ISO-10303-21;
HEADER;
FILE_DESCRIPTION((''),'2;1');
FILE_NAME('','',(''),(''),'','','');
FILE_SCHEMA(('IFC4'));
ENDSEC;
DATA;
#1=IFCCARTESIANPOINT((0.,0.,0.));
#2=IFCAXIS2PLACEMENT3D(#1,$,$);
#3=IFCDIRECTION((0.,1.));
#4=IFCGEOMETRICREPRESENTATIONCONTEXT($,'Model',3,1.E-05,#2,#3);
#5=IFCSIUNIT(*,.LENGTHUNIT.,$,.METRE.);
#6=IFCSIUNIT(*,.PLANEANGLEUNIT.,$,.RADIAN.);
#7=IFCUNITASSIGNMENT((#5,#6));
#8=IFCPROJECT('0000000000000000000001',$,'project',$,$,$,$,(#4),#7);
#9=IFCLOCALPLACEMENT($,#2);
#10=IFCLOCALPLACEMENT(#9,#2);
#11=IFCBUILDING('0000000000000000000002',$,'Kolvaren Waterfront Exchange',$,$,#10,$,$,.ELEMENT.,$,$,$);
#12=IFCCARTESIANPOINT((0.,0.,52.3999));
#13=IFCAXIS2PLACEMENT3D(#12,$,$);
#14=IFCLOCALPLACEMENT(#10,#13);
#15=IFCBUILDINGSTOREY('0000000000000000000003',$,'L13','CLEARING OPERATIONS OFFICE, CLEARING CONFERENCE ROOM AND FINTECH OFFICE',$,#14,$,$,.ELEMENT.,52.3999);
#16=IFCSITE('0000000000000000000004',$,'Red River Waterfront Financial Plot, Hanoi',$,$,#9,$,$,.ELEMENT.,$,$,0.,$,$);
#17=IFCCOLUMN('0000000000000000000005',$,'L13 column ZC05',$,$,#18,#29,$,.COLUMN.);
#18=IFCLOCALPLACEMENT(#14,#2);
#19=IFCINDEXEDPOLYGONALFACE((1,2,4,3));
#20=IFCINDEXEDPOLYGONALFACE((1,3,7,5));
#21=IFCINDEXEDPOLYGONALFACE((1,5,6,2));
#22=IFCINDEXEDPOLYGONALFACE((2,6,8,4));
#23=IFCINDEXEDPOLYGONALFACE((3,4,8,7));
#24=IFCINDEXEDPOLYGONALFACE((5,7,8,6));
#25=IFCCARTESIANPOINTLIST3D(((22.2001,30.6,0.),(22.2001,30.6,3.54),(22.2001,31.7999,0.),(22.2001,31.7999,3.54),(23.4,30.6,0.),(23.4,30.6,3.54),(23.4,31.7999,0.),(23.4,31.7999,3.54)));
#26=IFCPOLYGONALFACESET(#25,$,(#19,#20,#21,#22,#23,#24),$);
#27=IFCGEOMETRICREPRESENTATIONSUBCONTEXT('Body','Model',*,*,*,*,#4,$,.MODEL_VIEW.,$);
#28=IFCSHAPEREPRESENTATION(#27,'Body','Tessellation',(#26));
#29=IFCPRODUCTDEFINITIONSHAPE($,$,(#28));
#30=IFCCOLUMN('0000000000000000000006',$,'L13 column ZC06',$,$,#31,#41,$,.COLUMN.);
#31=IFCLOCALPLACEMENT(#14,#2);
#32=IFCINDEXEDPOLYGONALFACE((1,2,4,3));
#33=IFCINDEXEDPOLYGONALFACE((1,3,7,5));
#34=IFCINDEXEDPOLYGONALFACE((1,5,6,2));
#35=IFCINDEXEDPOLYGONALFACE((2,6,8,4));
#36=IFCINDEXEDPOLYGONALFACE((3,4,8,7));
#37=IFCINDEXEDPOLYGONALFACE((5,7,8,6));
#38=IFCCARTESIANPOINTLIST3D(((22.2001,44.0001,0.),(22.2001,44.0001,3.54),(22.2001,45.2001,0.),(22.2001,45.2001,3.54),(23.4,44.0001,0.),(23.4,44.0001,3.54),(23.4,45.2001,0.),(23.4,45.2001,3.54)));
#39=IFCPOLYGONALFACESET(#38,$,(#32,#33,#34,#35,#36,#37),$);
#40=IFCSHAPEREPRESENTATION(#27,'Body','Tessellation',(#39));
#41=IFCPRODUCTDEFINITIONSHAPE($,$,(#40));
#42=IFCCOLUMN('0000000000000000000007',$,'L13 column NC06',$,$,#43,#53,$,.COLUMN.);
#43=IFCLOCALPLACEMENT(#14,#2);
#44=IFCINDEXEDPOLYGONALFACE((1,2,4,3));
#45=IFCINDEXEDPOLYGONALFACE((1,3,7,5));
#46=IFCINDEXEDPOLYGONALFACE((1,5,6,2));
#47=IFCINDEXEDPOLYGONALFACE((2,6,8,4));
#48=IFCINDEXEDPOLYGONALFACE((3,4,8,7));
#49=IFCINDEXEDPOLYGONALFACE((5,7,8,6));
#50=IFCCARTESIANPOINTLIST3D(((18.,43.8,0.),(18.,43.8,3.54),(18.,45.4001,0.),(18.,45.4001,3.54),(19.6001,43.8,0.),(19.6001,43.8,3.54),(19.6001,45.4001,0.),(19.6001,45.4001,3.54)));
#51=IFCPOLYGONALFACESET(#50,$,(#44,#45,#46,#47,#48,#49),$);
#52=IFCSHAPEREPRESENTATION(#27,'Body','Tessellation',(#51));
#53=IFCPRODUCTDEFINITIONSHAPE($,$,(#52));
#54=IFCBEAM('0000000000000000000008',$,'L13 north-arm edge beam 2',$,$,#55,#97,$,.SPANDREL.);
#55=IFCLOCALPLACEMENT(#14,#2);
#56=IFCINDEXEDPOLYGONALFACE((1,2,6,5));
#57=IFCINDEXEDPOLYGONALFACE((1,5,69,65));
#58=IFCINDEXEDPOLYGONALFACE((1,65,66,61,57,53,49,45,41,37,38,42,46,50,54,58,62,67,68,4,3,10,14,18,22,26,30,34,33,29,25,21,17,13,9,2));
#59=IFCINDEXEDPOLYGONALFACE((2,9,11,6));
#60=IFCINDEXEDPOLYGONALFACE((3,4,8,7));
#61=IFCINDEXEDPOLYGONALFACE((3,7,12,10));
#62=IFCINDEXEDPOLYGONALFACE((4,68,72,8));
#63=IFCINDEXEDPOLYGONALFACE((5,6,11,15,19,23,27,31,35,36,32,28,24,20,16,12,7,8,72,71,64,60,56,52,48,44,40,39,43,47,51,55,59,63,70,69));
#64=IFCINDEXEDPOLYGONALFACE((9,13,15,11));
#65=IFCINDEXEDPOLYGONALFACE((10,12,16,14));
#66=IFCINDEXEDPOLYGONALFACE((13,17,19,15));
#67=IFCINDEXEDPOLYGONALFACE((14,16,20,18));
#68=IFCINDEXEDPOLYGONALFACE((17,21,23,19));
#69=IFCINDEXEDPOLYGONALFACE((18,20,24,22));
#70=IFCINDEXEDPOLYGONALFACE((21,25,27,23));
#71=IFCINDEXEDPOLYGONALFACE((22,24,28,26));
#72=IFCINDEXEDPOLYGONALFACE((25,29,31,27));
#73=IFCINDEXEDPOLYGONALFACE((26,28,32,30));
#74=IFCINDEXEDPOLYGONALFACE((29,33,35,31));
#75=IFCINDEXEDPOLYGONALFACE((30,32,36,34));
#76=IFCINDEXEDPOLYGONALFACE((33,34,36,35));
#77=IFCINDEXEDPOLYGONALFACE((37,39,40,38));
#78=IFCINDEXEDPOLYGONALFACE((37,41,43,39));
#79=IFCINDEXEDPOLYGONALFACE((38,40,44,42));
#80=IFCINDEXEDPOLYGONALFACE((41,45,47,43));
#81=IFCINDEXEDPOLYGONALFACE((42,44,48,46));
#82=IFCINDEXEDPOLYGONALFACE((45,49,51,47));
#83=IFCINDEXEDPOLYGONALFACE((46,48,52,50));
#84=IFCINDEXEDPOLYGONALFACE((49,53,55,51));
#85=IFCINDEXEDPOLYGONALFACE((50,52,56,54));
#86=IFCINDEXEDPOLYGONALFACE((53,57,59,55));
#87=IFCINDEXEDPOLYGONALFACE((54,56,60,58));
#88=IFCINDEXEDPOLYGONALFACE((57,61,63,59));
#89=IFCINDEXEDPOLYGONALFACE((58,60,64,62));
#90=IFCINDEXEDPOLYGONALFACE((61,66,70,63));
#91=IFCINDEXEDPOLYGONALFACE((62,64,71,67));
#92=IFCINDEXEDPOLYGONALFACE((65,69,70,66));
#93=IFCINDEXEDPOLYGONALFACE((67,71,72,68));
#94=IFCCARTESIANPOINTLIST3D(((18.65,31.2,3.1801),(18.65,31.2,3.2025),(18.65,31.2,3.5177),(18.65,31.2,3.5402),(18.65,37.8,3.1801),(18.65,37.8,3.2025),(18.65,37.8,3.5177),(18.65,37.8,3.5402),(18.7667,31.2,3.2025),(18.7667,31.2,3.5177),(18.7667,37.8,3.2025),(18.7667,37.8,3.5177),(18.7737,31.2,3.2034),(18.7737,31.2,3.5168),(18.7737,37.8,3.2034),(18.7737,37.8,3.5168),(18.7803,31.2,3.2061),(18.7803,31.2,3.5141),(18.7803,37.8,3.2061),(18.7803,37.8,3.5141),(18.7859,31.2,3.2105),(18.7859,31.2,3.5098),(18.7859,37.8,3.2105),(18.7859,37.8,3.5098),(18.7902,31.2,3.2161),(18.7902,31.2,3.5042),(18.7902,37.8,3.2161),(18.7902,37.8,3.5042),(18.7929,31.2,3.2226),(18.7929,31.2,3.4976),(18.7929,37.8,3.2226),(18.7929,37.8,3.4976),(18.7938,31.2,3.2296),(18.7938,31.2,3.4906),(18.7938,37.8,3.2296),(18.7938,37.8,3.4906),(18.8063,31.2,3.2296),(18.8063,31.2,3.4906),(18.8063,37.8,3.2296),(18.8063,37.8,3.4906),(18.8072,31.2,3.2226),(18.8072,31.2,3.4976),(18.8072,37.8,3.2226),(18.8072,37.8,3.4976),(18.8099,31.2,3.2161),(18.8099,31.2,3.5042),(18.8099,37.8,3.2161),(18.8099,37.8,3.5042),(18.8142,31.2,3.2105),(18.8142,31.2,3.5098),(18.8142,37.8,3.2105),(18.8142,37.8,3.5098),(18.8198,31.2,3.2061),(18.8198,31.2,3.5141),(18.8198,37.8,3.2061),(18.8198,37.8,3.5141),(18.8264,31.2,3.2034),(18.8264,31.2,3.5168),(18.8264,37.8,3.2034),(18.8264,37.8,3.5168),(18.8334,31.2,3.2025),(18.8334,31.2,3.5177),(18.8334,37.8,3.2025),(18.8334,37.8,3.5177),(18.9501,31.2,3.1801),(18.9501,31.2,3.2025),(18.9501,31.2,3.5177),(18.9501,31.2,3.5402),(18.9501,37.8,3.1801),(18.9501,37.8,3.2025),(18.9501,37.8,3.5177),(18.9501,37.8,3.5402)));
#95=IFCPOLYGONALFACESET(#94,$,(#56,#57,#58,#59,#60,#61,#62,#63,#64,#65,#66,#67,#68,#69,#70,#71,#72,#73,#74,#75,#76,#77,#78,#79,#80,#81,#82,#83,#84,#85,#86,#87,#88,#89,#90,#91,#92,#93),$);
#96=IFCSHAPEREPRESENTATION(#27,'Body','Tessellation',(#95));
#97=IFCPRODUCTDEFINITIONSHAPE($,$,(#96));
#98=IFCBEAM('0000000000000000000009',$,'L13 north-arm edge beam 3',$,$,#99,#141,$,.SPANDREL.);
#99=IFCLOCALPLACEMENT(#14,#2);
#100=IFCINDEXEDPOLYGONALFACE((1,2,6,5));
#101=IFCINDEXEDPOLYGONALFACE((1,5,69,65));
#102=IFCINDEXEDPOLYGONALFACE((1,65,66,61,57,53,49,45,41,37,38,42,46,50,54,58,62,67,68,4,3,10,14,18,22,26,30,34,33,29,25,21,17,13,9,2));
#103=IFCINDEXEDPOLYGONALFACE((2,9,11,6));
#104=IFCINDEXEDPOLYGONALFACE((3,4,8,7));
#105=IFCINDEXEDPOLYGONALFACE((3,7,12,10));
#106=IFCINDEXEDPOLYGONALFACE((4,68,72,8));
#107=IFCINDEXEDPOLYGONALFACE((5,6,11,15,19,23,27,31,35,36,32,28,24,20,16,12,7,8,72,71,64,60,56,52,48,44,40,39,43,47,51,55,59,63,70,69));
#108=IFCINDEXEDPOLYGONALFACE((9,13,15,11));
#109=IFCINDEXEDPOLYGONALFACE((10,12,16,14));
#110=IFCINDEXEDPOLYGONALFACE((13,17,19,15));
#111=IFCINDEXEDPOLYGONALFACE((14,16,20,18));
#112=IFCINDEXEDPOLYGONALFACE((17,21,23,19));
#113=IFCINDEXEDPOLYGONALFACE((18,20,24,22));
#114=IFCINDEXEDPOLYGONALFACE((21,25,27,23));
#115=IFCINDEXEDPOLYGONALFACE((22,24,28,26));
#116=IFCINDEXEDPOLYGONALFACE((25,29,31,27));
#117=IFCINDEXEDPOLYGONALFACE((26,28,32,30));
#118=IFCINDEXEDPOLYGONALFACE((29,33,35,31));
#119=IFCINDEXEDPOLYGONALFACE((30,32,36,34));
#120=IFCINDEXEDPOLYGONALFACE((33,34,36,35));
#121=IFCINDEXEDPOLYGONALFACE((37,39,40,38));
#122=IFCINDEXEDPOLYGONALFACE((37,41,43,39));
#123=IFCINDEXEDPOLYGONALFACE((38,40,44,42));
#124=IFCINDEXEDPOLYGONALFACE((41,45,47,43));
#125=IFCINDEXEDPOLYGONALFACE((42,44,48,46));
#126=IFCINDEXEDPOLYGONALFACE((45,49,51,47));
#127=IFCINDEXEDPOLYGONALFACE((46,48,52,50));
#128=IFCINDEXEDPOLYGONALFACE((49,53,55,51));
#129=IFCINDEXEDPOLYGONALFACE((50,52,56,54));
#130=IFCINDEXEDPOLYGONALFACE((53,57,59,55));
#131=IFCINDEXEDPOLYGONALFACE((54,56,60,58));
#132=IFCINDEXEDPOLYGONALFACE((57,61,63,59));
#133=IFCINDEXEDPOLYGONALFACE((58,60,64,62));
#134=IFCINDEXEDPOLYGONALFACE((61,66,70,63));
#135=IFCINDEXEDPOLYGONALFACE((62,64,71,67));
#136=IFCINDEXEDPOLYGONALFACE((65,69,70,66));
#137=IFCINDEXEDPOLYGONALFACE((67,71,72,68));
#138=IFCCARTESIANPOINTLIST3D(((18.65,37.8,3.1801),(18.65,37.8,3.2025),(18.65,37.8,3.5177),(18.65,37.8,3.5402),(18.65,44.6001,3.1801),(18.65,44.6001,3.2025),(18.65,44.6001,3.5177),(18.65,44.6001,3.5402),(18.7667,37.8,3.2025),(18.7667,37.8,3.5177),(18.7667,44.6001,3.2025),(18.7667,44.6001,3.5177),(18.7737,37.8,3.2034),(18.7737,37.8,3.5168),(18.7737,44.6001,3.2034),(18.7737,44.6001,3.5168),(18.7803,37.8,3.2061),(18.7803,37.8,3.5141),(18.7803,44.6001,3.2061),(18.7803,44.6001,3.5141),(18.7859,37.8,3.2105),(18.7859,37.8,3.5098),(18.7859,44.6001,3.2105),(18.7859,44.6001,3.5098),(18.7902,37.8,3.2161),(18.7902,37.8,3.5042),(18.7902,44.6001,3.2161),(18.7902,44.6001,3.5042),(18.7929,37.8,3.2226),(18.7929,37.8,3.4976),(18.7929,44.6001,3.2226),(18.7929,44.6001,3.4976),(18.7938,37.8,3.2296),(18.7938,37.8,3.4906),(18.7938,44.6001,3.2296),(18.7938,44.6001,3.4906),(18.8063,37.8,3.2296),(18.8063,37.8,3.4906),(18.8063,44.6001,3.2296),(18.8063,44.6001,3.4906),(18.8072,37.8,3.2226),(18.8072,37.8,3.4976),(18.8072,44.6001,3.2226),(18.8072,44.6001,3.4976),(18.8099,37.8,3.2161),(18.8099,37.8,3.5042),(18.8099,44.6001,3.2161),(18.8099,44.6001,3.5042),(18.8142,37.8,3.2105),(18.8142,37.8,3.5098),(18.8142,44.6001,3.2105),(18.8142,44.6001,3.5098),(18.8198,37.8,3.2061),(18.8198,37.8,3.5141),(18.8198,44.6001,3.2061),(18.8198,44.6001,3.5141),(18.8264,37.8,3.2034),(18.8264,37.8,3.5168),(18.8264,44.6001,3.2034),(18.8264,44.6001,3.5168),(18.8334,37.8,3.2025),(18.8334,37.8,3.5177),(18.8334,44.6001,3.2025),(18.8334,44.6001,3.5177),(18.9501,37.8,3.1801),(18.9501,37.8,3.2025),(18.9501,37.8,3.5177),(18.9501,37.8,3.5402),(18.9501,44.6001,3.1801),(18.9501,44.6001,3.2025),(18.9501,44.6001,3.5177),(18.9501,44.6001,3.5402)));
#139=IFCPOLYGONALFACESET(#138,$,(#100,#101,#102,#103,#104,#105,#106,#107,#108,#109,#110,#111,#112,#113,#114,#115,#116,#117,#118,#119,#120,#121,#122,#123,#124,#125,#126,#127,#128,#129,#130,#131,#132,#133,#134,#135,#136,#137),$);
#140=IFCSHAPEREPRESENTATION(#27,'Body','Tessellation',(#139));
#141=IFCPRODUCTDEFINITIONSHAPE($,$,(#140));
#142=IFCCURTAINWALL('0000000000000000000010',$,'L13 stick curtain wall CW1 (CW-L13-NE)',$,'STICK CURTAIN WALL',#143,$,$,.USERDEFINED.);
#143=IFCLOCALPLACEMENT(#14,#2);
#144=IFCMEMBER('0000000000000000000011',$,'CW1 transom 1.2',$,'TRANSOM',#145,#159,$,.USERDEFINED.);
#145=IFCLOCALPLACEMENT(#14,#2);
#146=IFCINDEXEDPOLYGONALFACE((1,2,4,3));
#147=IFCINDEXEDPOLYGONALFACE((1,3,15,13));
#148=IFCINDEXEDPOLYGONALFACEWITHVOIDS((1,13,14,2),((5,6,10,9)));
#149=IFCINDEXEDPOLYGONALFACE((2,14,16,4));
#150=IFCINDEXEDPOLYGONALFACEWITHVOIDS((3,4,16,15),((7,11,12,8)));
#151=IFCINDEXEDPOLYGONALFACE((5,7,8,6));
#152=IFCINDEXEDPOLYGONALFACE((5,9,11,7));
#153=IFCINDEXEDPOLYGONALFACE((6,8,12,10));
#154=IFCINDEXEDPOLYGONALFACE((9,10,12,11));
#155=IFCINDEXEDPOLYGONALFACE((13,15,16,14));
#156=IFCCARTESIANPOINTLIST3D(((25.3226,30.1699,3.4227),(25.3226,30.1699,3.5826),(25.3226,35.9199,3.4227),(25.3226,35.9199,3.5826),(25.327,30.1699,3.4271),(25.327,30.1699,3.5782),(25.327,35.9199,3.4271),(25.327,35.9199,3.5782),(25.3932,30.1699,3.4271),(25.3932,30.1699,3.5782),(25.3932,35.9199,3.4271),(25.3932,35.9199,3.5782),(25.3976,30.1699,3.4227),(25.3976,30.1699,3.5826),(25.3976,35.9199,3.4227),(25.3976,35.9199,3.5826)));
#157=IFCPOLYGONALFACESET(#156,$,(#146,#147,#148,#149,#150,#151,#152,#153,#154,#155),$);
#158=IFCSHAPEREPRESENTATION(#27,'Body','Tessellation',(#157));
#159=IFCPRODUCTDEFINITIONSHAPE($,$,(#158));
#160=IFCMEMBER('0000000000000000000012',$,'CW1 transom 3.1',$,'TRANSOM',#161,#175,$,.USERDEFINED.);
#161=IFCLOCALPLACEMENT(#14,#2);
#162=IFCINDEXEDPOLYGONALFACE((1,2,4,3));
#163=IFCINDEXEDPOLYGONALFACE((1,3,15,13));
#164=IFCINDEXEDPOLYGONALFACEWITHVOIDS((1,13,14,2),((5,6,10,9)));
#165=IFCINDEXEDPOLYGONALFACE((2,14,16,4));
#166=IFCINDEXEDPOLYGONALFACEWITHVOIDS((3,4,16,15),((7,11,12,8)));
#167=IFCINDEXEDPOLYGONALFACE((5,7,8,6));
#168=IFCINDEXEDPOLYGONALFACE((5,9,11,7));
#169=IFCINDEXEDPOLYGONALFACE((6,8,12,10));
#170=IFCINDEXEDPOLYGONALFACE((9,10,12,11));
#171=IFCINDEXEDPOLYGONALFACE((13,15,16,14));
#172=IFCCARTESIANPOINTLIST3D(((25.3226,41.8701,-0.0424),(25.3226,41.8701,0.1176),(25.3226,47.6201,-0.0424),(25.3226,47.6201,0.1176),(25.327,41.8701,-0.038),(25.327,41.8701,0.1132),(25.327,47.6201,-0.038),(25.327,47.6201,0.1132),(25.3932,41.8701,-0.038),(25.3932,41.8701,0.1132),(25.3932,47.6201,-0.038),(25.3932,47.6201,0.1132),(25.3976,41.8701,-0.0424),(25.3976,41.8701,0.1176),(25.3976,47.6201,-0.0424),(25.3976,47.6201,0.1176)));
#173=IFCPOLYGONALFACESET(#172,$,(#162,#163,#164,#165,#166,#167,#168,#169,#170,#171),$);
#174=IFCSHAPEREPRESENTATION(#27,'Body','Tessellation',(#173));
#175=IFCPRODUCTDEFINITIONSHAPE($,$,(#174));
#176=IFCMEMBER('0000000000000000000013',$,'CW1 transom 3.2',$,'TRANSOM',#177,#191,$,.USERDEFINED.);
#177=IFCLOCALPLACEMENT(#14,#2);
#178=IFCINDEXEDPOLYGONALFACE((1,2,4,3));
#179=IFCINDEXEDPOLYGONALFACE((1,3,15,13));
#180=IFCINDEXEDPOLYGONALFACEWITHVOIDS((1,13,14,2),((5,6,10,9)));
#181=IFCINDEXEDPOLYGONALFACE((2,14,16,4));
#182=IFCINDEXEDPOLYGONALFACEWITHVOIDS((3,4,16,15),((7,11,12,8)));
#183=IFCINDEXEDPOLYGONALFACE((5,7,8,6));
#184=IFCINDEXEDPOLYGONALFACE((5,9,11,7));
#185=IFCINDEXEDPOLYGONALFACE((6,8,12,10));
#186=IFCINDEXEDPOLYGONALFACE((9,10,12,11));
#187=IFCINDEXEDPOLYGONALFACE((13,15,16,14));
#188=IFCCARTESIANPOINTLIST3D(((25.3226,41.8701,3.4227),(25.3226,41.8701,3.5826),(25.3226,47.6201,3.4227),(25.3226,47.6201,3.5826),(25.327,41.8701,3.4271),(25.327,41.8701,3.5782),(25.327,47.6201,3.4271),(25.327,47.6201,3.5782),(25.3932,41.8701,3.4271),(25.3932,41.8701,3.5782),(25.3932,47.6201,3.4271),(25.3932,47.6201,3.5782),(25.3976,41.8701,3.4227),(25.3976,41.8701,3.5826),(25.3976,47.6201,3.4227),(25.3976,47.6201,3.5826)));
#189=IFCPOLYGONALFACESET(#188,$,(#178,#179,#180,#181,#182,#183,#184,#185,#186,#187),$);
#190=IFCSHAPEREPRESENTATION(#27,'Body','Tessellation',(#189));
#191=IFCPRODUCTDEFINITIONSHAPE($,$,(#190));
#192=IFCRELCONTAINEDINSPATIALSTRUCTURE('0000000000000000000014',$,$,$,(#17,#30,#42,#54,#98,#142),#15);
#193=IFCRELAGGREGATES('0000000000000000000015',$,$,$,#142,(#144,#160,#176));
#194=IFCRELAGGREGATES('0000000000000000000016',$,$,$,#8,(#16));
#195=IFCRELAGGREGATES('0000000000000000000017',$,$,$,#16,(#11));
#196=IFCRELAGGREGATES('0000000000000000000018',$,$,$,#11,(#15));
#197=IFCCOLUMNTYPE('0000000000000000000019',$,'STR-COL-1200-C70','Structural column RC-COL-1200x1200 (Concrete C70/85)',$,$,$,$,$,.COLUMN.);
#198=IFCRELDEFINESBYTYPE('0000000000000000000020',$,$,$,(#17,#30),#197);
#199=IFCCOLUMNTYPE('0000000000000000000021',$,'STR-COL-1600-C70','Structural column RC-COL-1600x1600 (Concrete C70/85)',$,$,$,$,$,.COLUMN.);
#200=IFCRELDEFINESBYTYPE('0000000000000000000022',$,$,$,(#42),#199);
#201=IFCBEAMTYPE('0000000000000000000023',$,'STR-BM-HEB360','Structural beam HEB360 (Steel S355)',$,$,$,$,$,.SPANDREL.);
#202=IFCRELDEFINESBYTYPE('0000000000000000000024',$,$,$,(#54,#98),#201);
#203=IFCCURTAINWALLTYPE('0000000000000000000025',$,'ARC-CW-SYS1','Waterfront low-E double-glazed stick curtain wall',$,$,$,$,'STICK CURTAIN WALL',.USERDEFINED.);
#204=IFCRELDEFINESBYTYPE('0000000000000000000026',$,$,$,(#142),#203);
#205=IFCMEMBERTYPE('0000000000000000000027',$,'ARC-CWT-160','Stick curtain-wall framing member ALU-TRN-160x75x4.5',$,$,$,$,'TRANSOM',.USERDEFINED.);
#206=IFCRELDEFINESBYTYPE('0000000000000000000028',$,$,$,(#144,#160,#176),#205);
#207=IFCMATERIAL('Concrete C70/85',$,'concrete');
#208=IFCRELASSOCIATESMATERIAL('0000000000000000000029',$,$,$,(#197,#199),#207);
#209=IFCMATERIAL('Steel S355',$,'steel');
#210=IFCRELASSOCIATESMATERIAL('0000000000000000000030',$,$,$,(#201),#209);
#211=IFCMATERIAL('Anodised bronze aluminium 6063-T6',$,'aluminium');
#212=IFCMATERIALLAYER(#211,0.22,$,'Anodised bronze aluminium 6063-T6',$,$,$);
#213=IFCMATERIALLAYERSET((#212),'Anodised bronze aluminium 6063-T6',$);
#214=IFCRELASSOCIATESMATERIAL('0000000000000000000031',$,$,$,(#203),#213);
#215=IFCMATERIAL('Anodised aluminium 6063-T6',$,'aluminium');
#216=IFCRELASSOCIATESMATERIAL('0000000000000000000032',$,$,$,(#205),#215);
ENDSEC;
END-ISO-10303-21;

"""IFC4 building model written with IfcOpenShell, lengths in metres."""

from ifc_helpers import new_model, si_unit, direction, frame, origin, origin_with_axes, origin_2d, place, context, subcontext, project, spatial, rectangle, hollow_rectangle, i_section, extrude, source, transform, mapped, material, layer, layer_set, material_profile, profile_set, type_object, element, aggregate, save


model = new_model("IFC4")

# Units and contexts
model_context = context("Model", 3, precision=1e-05, world=origin(), true_north=direction((0.0, 1.0)))
body_context = subcontext(model_context, "Body", "Model", "MODEL_VIEW")
ifc_project = project(units=[si_unit("LENGTHUNIT", "METRE"), si_unit("PLANEANGLEUNIT", "RADIAN")], contexts=[model_context])

# Site, building, storey
site_placement = place(None, origin())
site = spatial("IfcSite", under=ifc_project, at=site_placement, Name="Red River Waterfront Financial Plot, Hanoi", CompositionType="ELEMENT", RefElevation=0.0)
building_placement = place(site_placement, origin())
building = spatial("IfcBuilding", under=site, at=building_placement, Name="Kolvaren Waterfront Exchange", CompositionType="ELEMENT")
storey_placement = place(building_placement, frame((0.0, 0.0, 52.3999)))
storey = spatial("IfcBuildingStorey", under=building, at=storey_placement, Name="L13", Description="CLEARING OPERATIONS OFFICE, CLEARING CONFERENCE ROOM AND FINTECH OFFICE", CompositionType="ELEMENT", Elevation=52.3999)

# Columns
ifc_material_1 = material(Name="Concrete C70/85", Category="concrete")
ifc_material_profile_1 = material_profile(ifc_material_1, rectangle(XDim=1.2, YDim=1.2, at=origin_2d()), Name="RC-COL-1200x1200")
ifc_profile_set_1 = profile_set([ifc_material_profile_1], Name="Concrete C70/85")
column_type_1 = type_object("IfcColumnType", Name="STR-COL-1200-C70", Description="Structural column RC-COL-1200x1200 (Concrete C70/85)", PredefinedType="COLUMN", material=ifc_profile_set_1)
for number, where, z_axis, x_axis, name in (
    (1, (22.8, 31.2, 0.0), (0.0, 0.0, 1.0), (1.0, 0.0, 0.0), "L13 column ZC05"),
    (2, (22.8, 44.6001, 0.0), (0.0, 0.0, 1.0), (1.0, 0.0, 0.0), "L13 column ZC06"),
):
    element("IfcColumn", number, at=place(storey_placement, frame(where, z_axis=z_axis, x_axis=x_axis)), inside=storey, type_object=column_type_1, Name=name, PredefinedType="COLUMN", context=body_context, shape_type="SweptSolid", body=[
        extrude(rectangle(XDim=1.2, YDim=1.2, at=origin_2d()), origin(), (0.0, 0.0, 1.0), 3.54),
    ])
ifc_material_profile_2 = material_profile(ifc_material_1, rectangle(XDim=1.6001, YDim=1.6001, at=origin_2d()), Name="RC-COL-1600x1600")
ifc_profile_set_2 = profile_set([ifc_material_profile_2], Name="Concrete C70/85")
column_type_2 = type_object("IfcColumnType", Name="STR-COL-1600-C70", Description="Structural column RC-COL-1600x1600 (Concrete C70/85)", PredefinedType="COLUMN", material=ifc_profile_set_2)
column_placement = place(storey_placement, frame((18.8, 44.6001, 0.0), z_axis=(0.0, 0.0, 1.0), x_axis=(1.0, 0.0, 0.0)))
element("IfcColumn", 3, at=column_placement, inside=storey, type_object=column_type_2, Name="L13 column NC06", PredefinedType="COLUMN", context=body_context, shape_type="SweptSolid", body=[
    extrude(rectangle(XDim=1.6001, YDim=1.6001, at=origin_2d()), origin(), (0.0, 0.0, 1.0), 3.54),
])

# Beams
ifc_material_2 = material(Name="Steel S355", Category="steel")
ifc_material_profile_3 = material_profile(ifc_material_2, i_section(OverallWidth=0.3, OverallDepth=0.3601, WebThickness=0.0125, FlangeThickness=0.0225, FilletRadius=0.0271, at=origin_2d()), Name="HEB360")
ifc_profile_set_3 = profile_set([ifc_material_profile_3], Name="Steel S355")
beam_type = type_object("IfcBeamType", Name="STR-BM-HEB360", Description="Structural beam HEB360 (Steel S355)", PredefinedType="SPANDREL", material=ifc_profile_set_3)
beam_1_placement = place(storey_placement, frame((18.8, 31.2, 3.3601), z_axis=(0.0, 1.0, 0.0), x_axis=(-1.0, 0.0, 0.0)))
element("IfcBeam", 4, at=beam_1_placement, inside=storey, type_object=beam_type, Name="L13 north-arm edge beam 2", PredefinedType="SPANDREL", context=body_context, shape_type="SweptSolid", body=[
    extrude(i_section(OverallWidth=0.3, OverallDepth=0.3601, WebThickness=0.0125, FlangeThickness=0.0225, FilletRadius=0.0271, at=origin_2d()), origin(), (0.0, 0.0, 1.0), 6.6001),
])
beam_2_placement = place(storey_placement, frame((18.8, 37.8, 3.3601), z_axis=(0.0, 1.0, 0.0), x_axis=(-1.0, 0.0, 0.0)))
element("IfcBeam", 5, at=beam_2_placement, inside=storey, type_object=beam_type, Name="L13 north-arm edge beam 3", PredefinedType="SPANDREL", context=body_context, shape_type="SweptSolid", body=[
    extrude(i_section(OverallWidth=0.3, OverallDepth=0.3601, WebThickness=0.0125, FlangeThickness=0.0225, FilletRadius=0.0271, at=origin_2d()), origin(), (0.0, 0.0, 1.0), 6.8),
])

# Curtain wall, members
ifc_material_3 = material(Name="Anodised bronze aluminium 6063-T6", Category="aluminium")
ifc_layer_1 = layer(ifc_material_3, 0.22, Name="Anodised bronze aluminium 6063-T6")
ifc_layer_set_1 = layer_set([ifc_layer_1], Name="Anodised bronze aluminium 6063-T6")
curtain_wall_type = type_object("IfcCurtainWallType", Name="ARC-CW-SYS1", Description="Waterfront low-E double-glazed stick curtain wall", ElementType="STICK CURTAIN WALL", PredefinedType="USERDEFINED", material=ifc_layer_set_1)
curtain_wall_placement = place(storey_placement, origin())
curtain_wall = element("IfcCurtainWall", 6, at=curtain_wall_placement, inside=storey, type_object=curtain_wall_type, Name="L13 stick curtain wall CW1 (CW-L13-NE)", ObjectType="STICK CURTAIN WALL", PredefinedType="USERDEFINED")
ifc_material_4 = material(Name="Anodised aluminium 6063-T6", Category="aluminium")
ifc_material_profile_4 = material_profile(ifc_material_4, hollow_rectangle(XDim=0.075, YDim=0.1599, WallThickness=0.0044, at=origin_2d()), Name="ALU-TRN-160x75x4.5")
ifc_profile_set_4 = profile_set([ifc_material_profile_4], Name="Anodised aluminium 6063-T6")
member_type_1 = type_object("IfcMemberType", Name="ARC-CWT-160", Description="Stick curtain-wall framing member ALU-TRN-160x75x4.5", ElementType="TRANSOM", PredefinedType="USERDEFINED", material=ifc_profile_set_4)
shared_shape_1 = source(origin_with_axes(), body_context, "Body", "SweptSolid", [
    extrude(hollow_rectangle(XDim=0.075, YDim=0.1599, WallThickness=0.0044, at=origin_2d()), origin(), (0.0, 0.0, 1.0), 5.75),
])
member_1_placement = place(storey_placement, frame((25.3601, 30.1699, 3.5027), z_axis=(0.0, 1.0, 0.0), x_axis=(-1.0, 0.0, 0.0)))
member_1 = element("IfcMember", 7, at=member_1_placement, type_object=member_type_1, Name="CW1 transom 1.2", ObjectType="TRANSOM", PredefinedType="USERDEFINED", context=body_context, shape_type="MappedRepresentation", body=[
    mapped(shared_shape_1, transform((0.0, 0.0, 0.0), x_axis=(1.0, 0.0, 0.0), y_axis=(0.0, 1.0, 0.0), z_axis=(0.0, 0.0, 1.0), scale=1.0)),
])
member_2_placement = place(storey_placement, frame((25.3601, 41.8701, 0.0376), z_axis=(0.0, 1.0, 0.0), x_axis=(-1.0, 0.0, 0.0)))
member_2 = element("IfcMember", 8, at=member_2_placement, type_object=member_type_1, Name="CW1 transom 3.1", ObjectType="TRANSOM", PredefinedType="USERDEFINED", context=body_context, shape_type="MappedRepresentation", body=[
    mapped(shared_shape_1, transform((0.0, 0.0, 0.0), x_axis=(1.0, 0.0, 0.0), y_axis=(0.0, 1.0, 0.0), z_axis=(0.0, 0.0, 1.0), scale=1.0)),
])
member_3_placement = place(storey_placement, frame((25.3601, 41.8701, 3.5027), z_axis=(0.0, 1.0, 0.0), x_axis=(-1.0, 0.0, 0.0)))
member_3 = element("IfcMember", 9, at=member_3_placement, type_object=member_type_1, Name="CW1 transom 3.2", ObjectType="TRANSOM", PredefinedType="USERDEFINED", context=body_context, shape_type="MappedRepresentation", body=[
    mapped(shared_shape_1, transform((0.0, 0.0, 0.0), x_axis=(1.0, 0.0, 0.0), y_axis=(0.0, 1.0, 0.0), z_axis=(0.0, 0.0, 1.0), scale=1.0)),
])
aggregate(curtain_wall, [member_1, member_2, member_3])

save(model, "model.ifc")
